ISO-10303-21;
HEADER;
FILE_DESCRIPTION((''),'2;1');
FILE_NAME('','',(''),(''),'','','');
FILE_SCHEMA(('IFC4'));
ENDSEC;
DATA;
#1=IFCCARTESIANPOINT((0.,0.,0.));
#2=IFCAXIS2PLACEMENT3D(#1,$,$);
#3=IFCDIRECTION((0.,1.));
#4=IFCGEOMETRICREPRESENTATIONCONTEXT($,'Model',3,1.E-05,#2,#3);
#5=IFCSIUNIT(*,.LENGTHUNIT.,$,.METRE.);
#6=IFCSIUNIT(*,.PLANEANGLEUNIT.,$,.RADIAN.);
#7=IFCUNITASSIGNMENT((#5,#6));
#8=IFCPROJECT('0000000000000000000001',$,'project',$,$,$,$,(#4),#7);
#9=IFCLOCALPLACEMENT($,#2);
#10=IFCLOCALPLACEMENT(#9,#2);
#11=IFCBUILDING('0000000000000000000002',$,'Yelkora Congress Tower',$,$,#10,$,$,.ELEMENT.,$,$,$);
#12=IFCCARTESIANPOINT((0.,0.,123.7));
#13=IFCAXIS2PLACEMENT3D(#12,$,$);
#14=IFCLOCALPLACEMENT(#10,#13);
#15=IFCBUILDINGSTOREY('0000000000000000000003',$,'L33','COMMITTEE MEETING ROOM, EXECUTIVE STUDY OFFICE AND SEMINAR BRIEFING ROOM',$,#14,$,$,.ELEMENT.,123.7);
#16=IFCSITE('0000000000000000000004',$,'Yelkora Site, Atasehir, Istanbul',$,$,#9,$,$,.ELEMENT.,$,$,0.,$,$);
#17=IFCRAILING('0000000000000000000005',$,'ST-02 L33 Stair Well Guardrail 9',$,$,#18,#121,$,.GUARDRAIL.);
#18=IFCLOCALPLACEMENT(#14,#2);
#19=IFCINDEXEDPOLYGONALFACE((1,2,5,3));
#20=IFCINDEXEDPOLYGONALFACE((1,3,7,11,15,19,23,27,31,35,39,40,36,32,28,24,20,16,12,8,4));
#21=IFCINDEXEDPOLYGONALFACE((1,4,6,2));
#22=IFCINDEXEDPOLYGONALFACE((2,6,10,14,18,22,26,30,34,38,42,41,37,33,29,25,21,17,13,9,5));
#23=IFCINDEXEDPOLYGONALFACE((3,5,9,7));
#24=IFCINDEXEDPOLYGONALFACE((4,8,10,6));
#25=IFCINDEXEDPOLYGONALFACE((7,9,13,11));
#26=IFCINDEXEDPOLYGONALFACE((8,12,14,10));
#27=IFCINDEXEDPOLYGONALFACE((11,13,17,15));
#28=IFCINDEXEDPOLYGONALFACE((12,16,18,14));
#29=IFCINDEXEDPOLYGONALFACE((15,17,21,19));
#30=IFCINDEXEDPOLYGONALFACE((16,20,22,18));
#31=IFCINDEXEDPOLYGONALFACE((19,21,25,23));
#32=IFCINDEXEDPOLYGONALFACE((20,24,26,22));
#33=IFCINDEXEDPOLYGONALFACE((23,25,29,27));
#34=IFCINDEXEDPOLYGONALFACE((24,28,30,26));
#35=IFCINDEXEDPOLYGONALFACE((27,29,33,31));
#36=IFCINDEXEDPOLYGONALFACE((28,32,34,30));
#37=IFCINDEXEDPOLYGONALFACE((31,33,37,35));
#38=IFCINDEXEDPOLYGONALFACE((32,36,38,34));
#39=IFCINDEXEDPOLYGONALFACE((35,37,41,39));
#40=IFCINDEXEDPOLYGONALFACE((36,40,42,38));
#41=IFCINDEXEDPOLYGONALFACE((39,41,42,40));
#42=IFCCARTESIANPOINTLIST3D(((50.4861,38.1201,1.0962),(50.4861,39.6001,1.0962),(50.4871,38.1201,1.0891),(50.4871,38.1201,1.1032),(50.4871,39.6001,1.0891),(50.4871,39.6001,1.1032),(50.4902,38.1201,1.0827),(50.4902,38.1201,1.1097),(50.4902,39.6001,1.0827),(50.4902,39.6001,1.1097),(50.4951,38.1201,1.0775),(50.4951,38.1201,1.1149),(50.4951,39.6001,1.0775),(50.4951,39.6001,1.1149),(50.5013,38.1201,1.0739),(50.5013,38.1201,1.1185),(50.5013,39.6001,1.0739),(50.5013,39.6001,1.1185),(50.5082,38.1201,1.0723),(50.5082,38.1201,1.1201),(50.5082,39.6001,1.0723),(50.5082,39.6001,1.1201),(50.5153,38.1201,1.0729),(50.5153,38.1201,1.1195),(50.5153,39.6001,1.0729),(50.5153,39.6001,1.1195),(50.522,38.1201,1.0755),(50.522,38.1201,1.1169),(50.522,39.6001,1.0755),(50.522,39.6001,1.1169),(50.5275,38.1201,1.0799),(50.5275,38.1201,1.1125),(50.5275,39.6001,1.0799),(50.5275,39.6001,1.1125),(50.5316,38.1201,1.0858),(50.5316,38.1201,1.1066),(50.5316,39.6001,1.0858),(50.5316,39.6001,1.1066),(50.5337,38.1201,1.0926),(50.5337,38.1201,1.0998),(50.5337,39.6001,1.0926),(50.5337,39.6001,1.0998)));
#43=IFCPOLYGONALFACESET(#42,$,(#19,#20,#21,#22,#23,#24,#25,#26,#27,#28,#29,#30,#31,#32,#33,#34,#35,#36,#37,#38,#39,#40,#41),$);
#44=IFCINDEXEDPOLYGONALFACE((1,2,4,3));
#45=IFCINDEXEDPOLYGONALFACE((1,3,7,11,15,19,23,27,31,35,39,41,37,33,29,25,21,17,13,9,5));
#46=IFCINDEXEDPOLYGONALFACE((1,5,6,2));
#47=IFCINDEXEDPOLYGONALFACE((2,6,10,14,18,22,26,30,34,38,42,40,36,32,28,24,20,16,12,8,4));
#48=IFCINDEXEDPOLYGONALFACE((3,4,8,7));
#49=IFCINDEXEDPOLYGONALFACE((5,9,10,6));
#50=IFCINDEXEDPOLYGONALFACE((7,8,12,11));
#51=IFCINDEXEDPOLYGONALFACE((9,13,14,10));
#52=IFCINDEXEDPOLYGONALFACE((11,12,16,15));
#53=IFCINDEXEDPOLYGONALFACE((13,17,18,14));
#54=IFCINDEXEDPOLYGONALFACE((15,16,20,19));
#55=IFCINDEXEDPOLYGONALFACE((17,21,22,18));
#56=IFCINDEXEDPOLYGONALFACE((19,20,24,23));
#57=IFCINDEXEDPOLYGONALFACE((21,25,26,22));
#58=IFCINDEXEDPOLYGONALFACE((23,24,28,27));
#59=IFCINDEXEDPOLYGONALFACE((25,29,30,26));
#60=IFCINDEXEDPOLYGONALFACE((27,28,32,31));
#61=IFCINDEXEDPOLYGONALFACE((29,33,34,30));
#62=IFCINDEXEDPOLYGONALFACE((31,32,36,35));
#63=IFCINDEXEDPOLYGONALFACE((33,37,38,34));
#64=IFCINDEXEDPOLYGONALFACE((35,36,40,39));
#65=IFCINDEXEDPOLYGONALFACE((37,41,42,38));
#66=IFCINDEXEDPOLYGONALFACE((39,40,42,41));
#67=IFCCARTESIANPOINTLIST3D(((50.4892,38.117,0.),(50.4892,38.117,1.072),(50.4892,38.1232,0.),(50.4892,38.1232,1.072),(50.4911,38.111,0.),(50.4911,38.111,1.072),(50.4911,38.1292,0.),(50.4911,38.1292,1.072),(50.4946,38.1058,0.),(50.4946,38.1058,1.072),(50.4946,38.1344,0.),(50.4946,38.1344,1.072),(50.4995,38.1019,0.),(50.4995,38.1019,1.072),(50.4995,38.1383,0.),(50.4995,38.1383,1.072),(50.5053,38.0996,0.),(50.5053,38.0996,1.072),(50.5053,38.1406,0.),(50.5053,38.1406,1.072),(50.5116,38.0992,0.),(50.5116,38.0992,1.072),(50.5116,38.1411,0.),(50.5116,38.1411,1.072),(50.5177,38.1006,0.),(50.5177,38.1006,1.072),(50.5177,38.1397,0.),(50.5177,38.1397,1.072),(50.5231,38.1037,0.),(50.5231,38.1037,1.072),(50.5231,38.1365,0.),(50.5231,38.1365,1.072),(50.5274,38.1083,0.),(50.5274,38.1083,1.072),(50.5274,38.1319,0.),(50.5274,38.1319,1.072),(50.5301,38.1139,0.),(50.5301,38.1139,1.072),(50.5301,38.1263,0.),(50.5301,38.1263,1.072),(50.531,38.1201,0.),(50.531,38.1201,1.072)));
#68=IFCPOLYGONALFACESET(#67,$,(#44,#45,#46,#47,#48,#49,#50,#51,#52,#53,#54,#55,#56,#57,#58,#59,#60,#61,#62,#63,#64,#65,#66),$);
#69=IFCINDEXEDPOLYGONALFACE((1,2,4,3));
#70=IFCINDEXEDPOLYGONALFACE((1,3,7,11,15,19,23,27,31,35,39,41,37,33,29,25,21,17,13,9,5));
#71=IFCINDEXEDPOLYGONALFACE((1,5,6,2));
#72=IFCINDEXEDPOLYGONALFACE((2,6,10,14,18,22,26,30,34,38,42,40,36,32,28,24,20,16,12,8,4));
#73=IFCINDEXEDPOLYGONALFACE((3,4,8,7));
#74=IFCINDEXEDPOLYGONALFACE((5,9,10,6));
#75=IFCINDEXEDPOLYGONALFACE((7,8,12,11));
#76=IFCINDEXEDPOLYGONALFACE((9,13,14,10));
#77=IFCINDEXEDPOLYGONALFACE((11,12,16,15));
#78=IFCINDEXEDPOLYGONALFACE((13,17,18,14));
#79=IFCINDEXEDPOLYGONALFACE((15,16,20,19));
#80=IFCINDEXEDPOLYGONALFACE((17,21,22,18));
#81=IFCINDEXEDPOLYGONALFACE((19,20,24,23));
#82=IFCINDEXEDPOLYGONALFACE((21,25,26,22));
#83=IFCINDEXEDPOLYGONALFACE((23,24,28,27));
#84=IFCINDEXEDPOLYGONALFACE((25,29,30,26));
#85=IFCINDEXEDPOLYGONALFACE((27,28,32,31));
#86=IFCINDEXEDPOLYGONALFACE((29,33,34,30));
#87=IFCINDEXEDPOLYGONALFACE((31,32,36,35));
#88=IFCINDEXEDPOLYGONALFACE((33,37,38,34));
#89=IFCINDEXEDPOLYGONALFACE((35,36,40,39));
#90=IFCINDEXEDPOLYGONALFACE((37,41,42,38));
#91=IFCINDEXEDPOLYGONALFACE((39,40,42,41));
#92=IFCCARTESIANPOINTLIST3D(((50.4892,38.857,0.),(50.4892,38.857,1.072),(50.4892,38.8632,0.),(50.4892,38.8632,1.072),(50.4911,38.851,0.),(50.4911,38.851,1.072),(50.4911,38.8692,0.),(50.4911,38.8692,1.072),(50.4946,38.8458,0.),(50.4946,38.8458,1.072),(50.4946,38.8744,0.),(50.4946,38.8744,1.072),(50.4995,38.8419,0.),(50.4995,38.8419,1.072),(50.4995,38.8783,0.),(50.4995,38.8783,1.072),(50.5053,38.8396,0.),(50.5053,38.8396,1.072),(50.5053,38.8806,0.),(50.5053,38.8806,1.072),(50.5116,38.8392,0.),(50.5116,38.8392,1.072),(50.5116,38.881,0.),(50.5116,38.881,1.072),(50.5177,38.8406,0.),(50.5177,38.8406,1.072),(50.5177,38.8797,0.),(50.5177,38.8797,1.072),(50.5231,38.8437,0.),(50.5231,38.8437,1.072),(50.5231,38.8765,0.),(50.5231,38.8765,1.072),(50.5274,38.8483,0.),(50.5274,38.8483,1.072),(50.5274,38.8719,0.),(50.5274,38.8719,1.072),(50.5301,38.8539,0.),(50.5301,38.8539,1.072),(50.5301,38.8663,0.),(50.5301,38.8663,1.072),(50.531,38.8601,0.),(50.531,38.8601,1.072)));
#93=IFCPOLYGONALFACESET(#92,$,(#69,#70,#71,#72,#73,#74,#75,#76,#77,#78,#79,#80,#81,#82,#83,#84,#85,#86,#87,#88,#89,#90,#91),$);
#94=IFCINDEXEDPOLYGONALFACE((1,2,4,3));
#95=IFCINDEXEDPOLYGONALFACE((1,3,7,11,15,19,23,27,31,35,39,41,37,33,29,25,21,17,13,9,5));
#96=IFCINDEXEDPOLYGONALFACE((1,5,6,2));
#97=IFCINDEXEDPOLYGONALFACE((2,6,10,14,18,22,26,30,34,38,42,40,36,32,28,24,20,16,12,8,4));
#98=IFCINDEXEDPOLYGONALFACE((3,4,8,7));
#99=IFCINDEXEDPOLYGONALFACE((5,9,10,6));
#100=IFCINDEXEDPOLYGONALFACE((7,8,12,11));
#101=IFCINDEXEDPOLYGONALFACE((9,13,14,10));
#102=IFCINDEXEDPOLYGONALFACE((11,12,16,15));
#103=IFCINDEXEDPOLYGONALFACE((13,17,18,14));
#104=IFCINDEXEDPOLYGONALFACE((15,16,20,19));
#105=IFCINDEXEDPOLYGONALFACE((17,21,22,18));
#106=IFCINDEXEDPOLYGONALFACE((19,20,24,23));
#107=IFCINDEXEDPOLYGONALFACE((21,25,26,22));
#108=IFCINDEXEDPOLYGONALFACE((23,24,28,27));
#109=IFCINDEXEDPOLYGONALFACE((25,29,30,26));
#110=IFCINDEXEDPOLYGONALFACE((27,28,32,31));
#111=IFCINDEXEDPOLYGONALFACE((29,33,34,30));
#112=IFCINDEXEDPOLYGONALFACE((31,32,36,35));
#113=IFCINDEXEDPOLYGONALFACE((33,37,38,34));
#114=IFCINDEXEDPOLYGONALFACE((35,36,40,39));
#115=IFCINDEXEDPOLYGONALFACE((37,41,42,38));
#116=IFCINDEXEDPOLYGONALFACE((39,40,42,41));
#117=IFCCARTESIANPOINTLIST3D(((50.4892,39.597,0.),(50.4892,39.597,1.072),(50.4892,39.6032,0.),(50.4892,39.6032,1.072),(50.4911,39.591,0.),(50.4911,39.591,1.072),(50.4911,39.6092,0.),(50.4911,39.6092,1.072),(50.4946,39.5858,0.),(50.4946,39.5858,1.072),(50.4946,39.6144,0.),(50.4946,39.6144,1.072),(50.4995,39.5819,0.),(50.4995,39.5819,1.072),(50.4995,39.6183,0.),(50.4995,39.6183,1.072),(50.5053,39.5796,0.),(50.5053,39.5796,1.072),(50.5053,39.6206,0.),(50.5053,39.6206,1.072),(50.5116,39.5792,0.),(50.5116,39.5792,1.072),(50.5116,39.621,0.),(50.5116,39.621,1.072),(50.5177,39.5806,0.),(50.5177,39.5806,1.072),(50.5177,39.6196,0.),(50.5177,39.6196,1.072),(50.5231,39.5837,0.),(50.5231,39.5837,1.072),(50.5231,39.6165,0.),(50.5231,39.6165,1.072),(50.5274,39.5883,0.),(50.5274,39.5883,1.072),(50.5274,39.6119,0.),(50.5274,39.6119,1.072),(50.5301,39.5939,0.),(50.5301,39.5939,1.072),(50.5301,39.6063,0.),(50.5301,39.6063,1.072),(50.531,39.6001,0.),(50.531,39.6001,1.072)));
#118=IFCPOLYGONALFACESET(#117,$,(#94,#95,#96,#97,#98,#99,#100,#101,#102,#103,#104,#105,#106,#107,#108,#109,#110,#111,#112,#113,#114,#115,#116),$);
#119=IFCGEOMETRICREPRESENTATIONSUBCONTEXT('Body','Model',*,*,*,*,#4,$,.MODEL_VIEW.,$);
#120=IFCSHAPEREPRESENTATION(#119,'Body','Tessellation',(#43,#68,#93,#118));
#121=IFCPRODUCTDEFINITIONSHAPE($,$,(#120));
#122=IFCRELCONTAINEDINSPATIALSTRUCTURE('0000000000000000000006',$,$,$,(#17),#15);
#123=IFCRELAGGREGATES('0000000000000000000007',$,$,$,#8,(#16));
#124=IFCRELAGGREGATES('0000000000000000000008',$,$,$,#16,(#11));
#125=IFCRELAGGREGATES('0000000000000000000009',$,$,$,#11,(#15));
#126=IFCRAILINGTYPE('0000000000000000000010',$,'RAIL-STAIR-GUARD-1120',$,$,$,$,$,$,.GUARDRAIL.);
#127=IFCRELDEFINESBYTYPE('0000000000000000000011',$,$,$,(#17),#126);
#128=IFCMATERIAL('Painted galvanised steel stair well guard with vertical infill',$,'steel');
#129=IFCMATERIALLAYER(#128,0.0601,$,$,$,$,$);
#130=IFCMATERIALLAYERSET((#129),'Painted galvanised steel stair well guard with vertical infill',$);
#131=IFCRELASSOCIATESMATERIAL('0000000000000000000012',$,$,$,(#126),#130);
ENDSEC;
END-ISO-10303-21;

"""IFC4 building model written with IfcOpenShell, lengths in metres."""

from ifc_helpers import new_model, si_unit, direction, frame, origin, origin_2d, place, context, subcontext, project, spatial, circle, extrude, material, layer, layer_set, type_object, element, save


model = new_model("IFC4")

# Units and contexts
model_context = context("Model", 3, precision=1e-05, world=origin(), true_north=direction((0.0, 1.0)))
body_context = subcontext(model_context, "Body", "Model", "MODEL_VIEW")
ifc_project = project(units=[si_unit("LENGTHUNIT", "METRE"), si_unit("PLANEANGLEUNIT", "RADIAN")], contexts=[model_context])

# Site, building, storey
site_placement = place(None, origin())
site = spatial("IfcSite", under=ifc_project, at=site_placement, Name="Yelkora Site, Atasehir, Istanbul", CompositionType="ELEMENT", RefElevation=0.0)
building_placement = place(site_placement, origin())
building = spatial("IfcBuilding", under=site, at=building_placement, Name="Yelkora Congress Tower", CompositionType="ELEMENT")
storey_placement = place(building_placement, frame((0.0, 0.0, 123.7)))
storey = spatial("IfcBuildingStorey", under=building, at=storey_placement, Name="L33", Description="COMMITTEE MEETING ROOM, EXECUTIVE STUDY OFFICE AND SEMINAR BRIEFING ROOM", CompositionType="ELEMENT", Elevation=123.7)

# Railing
ifc_material_1 = material(Name="Painted galvanised steel stair well guard with vertical infill", Category="steel")
ifc_layer_1 = layer(ifc_material_1, 0.0601)
ifc_layer_set_1 = layer_set([ifc_layer_1], Name="Painted galvanised steel stair well guard with vertical infill")
railing_type_1 = type_object("IfcRailingType", Name="RAIL-STAIR-GUARD-1120", PredefinedType="GUARDRAIL", material=ifc_layer_set_1)
for number, where, name in (
    (1, (50.51, 38.1201, 0.0), "ST-02 L33 Stair Well Guardrail 9"),
):
    element("IfcRailing", number, at=place(storey_placement, frame(where)), inside=storey, type_object=railing_type_1, Name=name, PredefinedType="GUARDRAIL", context=body_context, shape_type="SweptSolid", body=[
        extrude(circle(Radius=0.0239, at=origin_2d()), frame((0.0, 0.0, 1.0962), z_axis=(0.0, 1.0, 0.0), x_axis=(-1.0, 0.0, 0.0)), (0.0, 0.0, 1.0), 1.48),
        extrude(circle(Radius=0.021, at=origin_2d()), origin(), (0.0, 0.0, 1.0), 1.072),
        extrude(circle(Radius=0.021, at=origin_2d()), frame((0.0, 0.74, 0.0)), (0.0, 0.0, 1.0), 1.072),
        extrude(circle(Radius=0.021, at=origin_2d()), frame((0.0, 1.48, 0.0)), (0.0, 0.0, 1.0), 1.072),
    ])

save(model, "model.ifc")
